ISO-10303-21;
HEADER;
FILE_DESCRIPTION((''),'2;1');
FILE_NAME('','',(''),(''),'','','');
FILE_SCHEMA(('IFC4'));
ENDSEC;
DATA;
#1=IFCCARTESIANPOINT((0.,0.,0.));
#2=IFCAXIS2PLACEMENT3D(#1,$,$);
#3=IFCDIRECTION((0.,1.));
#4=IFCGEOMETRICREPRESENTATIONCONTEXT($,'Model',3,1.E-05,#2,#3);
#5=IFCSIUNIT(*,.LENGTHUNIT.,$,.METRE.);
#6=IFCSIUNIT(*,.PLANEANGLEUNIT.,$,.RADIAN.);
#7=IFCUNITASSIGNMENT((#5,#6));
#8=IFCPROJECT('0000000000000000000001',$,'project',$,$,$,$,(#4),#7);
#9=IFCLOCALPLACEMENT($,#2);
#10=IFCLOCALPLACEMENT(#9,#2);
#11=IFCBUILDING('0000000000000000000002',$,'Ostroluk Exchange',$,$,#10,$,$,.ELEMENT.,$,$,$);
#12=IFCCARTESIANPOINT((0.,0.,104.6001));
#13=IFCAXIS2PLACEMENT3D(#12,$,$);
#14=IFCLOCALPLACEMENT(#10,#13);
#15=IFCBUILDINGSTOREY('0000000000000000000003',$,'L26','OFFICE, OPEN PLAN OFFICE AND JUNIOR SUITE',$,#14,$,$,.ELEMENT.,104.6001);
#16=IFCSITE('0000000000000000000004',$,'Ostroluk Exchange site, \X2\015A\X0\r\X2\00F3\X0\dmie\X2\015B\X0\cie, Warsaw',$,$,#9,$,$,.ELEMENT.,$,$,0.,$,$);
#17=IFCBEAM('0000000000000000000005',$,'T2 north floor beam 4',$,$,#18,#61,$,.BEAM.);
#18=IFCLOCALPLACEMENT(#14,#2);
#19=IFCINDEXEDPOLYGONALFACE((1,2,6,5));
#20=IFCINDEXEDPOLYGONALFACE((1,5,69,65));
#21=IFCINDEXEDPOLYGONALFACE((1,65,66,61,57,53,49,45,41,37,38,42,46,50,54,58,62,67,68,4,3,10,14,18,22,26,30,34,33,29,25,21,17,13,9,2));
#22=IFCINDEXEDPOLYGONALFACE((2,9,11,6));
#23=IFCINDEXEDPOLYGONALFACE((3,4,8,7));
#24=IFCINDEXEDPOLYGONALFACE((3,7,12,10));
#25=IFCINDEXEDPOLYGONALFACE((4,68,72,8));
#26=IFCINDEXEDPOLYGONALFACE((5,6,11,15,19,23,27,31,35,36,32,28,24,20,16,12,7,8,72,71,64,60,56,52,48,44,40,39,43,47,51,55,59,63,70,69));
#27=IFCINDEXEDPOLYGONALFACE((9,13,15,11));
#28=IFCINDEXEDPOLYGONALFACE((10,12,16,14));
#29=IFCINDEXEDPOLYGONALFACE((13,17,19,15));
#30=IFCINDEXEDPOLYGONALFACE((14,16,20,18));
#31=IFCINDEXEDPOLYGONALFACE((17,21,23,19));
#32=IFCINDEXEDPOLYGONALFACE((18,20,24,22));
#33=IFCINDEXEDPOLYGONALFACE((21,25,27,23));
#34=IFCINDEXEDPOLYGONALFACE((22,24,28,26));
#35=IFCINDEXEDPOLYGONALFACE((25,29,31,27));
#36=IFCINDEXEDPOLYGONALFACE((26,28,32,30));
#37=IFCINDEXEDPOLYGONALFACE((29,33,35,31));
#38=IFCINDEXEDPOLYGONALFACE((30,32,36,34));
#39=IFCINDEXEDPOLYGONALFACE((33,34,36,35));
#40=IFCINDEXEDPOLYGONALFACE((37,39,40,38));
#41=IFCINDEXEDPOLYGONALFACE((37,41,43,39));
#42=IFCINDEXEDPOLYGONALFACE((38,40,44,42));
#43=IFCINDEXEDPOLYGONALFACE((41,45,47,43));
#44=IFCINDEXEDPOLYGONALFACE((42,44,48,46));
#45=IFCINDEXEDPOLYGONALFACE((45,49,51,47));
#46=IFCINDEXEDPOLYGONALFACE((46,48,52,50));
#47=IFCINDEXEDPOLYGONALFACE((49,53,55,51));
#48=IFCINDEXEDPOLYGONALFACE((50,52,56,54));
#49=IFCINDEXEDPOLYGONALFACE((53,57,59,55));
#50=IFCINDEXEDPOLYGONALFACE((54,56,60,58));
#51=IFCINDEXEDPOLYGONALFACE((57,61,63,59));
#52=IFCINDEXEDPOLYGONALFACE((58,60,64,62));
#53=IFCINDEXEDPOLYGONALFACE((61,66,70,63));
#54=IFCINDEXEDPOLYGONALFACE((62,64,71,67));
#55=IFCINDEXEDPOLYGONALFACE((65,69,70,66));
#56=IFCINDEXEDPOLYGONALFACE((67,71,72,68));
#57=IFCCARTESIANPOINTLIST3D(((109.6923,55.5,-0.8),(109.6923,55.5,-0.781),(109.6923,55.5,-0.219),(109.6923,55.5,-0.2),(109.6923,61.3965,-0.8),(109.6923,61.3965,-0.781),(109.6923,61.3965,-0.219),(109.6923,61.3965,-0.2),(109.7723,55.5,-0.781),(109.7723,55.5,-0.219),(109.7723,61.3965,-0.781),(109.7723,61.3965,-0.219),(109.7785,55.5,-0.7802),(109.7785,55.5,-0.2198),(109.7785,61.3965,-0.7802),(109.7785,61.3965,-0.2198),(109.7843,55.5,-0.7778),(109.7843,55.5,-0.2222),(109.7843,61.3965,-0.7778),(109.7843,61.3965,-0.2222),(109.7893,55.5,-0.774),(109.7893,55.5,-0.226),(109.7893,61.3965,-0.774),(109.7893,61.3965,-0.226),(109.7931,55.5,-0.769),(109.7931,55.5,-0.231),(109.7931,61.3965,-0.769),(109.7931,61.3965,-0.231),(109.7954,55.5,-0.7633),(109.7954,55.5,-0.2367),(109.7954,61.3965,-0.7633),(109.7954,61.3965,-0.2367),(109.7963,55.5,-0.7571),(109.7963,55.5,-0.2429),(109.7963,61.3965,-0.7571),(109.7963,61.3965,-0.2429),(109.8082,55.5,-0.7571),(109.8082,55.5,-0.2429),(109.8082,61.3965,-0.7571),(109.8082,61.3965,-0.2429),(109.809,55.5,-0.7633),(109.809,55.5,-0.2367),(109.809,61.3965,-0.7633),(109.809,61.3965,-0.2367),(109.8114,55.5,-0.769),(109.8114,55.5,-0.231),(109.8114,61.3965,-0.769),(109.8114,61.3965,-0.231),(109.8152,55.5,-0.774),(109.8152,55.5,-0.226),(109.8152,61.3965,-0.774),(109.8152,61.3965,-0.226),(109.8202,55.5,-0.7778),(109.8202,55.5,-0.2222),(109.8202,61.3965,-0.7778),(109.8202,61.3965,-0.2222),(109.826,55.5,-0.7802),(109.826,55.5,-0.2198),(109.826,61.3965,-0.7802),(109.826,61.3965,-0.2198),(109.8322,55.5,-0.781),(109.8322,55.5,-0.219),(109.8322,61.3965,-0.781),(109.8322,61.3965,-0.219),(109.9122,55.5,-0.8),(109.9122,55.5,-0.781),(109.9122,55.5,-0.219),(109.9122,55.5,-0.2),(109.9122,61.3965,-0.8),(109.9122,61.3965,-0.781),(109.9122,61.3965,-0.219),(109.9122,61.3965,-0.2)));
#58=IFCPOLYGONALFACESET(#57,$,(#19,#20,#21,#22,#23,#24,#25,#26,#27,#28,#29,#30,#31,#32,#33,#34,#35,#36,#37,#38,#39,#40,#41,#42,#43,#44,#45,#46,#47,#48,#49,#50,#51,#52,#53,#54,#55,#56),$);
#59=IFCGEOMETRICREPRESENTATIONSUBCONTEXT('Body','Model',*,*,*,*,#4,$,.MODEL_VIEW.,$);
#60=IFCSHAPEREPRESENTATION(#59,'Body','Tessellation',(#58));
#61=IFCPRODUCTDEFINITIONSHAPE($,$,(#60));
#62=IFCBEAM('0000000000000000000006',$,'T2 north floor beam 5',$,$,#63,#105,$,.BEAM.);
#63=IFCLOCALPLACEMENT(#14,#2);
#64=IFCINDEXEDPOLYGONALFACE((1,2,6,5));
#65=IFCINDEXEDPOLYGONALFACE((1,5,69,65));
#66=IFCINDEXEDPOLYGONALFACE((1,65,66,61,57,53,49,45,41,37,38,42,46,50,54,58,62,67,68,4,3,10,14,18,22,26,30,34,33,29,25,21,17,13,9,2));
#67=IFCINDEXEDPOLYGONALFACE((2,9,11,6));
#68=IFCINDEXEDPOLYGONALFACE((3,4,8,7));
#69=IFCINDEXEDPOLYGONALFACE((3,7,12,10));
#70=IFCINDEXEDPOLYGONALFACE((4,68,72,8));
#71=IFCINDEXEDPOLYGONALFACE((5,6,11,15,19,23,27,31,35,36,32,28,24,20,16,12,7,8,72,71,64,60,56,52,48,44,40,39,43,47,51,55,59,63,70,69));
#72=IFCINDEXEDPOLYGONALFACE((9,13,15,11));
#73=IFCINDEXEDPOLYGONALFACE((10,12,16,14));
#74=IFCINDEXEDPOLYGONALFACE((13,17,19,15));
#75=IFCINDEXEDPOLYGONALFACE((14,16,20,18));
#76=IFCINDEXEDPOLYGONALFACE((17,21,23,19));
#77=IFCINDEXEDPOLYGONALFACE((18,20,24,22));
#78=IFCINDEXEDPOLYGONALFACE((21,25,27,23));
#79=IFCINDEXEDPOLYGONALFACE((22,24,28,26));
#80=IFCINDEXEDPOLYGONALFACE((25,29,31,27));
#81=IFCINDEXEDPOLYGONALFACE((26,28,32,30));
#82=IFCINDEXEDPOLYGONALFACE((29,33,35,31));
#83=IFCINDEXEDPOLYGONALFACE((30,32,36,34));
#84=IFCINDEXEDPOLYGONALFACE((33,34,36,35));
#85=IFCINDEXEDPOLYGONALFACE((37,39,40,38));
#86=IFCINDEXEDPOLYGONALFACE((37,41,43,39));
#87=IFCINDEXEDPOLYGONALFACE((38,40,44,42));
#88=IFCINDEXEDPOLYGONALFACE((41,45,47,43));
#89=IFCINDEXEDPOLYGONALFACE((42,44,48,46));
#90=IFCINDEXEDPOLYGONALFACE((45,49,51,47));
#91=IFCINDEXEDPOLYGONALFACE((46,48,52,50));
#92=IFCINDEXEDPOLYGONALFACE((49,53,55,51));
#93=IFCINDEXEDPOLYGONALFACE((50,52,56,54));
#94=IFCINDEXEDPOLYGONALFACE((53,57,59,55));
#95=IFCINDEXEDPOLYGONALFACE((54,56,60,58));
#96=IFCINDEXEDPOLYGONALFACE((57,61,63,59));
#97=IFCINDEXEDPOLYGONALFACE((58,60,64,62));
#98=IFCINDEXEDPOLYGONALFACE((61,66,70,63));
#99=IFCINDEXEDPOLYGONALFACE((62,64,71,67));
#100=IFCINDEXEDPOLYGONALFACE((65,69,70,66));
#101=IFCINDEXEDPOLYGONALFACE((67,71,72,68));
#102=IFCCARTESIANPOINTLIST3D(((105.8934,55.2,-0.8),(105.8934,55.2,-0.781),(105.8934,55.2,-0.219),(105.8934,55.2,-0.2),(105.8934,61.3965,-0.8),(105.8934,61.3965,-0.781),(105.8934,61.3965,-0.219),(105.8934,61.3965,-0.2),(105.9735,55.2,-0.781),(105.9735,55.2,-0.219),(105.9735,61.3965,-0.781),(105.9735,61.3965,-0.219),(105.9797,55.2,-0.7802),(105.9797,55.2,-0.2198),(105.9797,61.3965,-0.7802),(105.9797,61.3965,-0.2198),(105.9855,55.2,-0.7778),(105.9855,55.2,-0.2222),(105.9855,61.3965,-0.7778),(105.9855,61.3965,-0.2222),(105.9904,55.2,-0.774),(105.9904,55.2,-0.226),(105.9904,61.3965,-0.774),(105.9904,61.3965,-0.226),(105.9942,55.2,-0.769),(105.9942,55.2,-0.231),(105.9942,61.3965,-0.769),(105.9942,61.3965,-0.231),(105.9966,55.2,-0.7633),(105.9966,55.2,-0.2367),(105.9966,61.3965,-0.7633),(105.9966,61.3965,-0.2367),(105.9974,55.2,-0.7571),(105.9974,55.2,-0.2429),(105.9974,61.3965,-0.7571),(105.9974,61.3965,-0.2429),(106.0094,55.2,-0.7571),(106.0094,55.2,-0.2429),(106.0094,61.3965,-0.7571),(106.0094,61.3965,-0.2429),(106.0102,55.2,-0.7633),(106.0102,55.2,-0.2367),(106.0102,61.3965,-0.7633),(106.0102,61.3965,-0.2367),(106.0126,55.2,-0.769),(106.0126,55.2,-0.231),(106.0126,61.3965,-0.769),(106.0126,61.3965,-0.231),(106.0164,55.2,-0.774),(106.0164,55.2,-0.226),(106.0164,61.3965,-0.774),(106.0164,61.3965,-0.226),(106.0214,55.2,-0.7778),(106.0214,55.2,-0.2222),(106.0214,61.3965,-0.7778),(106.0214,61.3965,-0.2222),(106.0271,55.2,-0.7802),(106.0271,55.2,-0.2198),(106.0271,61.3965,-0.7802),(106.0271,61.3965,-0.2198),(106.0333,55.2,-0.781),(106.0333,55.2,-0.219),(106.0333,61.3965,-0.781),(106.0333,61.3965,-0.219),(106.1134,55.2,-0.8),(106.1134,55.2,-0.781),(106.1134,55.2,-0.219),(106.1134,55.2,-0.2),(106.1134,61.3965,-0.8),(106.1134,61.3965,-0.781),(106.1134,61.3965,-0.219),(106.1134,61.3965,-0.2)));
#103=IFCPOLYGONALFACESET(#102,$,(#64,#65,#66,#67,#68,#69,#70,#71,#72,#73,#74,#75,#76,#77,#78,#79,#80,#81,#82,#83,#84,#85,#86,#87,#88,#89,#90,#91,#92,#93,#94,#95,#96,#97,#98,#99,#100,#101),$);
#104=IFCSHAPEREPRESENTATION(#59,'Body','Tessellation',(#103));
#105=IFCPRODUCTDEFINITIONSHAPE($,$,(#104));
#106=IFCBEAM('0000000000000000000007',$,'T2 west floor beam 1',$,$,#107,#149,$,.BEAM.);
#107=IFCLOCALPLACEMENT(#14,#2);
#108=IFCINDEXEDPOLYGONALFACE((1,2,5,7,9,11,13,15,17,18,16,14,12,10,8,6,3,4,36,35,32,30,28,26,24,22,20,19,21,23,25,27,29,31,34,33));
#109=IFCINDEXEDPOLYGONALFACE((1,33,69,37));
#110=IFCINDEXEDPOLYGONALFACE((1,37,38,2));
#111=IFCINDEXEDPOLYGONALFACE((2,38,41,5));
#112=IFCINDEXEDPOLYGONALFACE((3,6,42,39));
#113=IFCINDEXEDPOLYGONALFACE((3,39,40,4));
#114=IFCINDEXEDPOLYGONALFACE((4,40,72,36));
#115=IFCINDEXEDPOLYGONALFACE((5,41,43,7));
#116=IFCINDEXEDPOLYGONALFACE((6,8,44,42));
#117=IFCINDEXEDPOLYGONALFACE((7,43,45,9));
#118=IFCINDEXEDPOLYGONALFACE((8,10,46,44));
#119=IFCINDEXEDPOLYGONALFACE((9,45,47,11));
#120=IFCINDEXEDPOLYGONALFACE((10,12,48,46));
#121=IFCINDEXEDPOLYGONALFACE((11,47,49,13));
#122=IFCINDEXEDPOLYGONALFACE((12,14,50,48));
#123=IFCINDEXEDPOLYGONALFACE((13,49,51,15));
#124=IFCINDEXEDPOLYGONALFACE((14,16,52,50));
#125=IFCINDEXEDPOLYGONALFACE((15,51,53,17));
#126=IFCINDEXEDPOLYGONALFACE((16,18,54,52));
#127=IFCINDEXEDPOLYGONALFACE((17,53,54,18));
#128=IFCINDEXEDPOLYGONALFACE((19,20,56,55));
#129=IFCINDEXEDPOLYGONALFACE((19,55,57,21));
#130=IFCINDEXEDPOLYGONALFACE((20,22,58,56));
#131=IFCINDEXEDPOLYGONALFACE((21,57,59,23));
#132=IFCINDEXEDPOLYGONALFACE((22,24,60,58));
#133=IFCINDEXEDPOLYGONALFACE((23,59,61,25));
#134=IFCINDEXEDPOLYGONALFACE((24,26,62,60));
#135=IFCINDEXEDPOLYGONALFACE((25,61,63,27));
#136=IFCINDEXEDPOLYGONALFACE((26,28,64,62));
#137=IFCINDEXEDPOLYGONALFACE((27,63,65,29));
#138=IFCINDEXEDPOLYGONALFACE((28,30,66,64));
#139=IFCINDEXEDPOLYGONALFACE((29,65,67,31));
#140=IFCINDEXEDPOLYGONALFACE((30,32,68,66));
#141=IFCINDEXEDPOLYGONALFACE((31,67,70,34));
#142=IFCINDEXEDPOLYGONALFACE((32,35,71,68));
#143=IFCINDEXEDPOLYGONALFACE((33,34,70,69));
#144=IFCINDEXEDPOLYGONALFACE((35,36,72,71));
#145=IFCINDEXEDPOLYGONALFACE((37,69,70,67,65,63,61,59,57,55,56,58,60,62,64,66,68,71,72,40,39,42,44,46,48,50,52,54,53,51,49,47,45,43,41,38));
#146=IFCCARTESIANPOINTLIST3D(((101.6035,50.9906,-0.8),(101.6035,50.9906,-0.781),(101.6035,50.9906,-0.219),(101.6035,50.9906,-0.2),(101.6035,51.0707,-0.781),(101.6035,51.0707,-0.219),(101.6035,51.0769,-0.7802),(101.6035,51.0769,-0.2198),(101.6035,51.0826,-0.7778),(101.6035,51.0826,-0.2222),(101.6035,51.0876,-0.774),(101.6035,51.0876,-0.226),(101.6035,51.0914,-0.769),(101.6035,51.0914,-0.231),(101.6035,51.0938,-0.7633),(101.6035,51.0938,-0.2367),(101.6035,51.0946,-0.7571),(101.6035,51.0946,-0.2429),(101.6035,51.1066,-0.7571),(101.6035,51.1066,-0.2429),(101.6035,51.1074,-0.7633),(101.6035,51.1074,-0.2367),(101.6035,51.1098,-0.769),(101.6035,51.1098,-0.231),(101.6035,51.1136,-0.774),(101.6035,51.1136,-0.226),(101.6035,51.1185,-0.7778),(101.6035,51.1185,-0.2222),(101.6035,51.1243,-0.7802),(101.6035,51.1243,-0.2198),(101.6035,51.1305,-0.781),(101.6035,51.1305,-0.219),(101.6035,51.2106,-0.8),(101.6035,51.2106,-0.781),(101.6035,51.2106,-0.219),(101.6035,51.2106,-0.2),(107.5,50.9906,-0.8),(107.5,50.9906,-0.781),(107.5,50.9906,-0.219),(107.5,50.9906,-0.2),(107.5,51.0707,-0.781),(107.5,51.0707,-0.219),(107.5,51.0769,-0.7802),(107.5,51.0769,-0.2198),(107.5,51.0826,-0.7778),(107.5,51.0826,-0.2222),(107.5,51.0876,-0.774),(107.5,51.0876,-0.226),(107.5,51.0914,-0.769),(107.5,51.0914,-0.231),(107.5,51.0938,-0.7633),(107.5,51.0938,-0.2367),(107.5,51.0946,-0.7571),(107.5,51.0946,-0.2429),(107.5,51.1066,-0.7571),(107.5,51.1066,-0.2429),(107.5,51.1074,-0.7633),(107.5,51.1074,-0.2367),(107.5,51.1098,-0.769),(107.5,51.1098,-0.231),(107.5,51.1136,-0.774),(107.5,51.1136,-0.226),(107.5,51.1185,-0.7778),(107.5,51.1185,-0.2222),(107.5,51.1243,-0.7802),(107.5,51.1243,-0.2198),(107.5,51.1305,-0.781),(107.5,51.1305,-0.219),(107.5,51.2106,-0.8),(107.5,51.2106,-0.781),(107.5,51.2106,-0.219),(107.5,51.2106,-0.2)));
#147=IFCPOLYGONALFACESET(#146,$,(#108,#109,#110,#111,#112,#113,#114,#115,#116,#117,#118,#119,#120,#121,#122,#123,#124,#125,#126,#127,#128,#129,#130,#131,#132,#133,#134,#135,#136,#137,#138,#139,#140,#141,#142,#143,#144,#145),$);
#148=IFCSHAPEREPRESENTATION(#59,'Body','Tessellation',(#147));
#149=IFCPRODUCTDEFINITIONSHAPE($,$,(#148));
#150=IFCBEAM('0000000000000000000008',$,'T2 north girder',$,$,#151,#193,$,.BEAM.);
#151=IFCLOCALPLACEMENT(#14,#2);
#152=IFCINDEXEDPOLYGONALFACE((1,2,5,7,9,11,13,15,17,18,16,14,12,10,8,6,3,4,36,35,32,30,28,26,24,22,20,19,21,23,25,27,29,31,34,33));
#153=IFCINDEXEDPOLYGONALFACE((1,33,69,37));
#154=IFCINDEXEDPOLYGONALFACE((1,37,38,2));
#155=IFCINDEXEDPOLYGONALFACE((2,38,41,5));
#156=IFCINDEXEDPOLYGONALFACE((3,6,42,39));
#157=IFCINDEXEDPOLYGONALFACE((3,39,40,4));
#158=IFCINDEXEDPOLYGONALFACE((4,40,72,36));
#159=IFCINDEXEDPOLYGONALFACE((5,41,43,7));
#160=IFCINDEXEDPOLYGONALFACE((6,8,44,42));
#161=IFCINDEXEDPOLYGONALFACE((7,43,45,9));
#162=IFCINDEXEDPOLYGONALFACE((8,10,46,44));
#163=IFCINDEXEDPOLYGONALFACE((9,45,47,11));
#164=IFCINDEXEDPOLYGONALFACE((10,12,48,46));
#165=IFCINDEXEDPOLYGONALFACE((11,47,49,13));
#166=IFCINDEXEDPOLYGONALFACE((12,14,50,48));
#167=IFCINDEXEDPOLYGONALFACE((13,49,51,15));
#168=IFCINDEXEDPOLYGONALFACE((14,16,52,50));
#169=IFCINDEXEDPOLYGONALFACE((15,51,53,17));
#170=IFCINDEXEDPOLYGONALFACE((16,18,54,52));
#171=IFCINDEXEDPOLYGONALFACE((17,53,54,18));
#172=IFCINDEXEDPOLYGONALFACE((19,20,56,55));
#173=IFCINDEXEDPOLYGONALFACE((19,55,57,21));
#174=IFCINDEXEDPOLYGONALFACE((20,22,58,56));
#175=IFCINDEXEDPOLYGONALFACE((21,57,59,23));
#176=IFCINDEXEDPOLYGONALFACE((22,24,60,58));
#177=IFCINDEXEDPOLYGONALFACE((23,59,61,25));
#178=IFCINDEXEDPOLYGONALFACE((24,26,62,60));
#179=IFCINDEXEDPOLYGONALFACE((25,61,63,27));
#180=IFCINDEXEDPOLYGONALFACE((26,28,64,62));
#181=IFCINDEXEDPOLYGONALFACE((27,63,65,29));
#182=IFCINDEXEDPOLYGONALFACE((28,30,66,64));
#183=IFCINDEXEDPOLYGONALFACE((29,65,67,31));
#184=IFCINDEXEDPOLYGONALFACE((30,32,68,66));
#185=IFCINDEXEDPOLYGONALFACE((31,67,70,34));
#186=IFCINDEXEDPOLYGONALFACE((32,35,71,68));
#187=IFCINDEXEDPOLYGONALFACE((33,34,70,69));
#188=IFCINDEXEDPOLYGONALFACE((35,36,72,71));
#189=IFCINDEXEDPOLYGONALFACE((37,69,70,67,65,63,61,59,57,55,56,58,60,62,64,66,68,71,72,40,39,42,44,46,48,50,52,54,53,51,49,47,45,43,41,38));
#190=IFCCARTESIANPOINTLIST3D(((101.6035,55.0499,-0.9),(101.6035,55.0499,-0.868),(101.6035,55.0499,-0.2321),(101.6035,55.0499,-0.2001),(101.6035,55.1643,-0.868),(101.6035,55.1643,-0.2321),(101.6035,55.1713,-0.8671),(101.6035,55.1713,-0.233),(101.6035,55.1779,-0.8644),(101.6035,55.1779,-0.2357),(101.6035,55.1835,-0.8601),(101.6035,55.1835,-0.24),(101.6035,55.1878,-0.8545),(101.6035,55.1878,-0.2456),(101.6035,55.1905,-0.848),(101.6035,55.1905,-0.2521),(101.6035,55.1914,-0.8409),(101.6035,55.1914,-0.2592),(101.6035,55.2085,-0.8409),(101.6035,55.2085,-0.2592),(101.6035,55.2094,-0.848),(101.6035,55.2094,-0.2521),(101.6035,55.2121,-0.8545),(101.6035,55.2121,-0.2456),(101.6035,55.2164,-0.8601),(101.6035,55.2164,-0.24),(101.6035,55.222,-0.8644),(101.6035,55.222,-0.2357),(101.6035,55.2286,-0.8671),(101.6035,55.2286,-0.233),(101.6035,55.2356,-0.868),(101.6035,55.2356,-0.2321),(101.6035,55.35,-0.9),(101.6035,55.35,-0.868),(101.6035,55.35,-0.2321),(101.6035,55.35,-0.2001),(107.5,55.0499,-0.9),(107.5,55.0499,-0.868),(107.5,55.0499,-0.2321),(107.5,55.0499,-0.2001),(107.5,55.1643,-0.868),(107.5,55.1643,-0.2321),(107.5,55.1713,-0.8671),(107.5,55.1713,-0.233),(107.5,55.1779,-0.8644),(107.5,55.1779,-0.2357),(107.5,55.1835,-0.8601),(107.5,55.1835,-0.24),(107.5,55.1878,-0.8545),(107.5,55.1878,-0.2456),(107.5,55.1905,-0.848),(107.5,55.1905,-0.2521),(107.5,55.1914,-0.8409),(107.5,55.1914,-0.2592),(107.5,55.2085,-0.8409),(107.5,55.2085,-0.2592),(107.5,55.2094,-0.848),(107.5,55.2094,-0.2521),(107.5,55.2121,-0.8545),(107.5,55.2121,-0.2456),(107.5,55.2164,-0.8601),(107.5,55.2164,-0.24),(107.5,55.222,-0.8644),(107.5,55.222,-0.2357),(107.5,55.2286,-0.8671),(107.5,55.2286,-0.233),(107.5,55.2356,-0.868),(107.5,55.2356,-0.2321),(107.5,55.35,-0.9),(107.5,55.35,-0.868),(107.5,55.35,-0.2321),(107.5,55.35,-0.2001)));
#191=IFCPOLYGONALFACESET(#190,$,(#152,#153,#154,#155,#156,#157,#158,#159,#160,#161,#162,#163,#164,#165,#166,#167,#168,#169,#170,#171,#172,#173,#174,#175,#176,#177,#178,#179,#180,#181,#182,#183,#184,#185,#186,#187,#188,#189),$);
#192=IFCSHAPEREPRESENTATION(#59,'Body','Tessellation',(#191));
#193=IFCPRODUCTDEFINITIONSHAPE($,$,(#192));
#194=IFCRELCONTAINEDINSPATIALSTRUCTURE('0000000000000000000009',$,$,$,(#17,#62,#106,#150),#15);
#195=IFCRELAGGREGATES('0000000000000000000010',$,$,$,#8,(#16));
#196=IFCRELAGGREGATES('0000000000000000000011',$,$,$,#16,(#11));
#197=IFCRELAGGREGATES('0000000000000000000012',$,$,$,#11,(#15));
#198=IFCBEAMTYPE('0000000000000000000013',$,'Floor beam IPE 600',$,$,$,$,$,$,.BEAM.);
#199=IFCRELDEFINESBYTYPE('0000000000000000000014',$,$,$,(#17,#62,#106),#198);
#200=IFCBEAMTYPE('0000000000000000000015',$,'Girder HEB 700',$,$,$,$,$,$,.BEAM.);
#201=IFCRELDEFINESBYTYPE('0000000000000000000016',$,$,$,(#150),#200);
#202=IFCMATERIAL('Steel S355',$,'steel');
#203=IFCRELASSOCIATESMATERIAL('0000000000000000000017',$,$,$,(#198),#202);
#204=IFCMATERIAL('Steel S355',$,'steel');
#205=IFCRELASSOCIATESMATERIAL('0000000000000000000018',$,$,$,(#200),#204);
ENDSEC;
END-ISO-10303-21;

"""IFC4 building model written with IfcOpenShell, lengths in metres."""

from ifc_helpers import new_model, si_unit, direction, frame, origin, origin_2d, place, context, subcontext, project, spatial, i_section, extrude, material, material_profile, profile_set, type_object, element, save


model = new_model("IFC4")

# Units and contexts
model_context = context("Model", 3, precision=1e-05, world=origin(), true_north=direction((0.0, 1.0)))
body_context = subcontext(model_context, "Body", "Model", "MODEL_VIEW")
ifc_project = project(units=[si_unit("LENGTHUNIT", "METRE"), si_unit("PLANEANGLEUNIT", "RADIAN")], contexts=[model_context])

# Site, building, storey
site_placement = place(None, origin())
site = spatial("IfcSite", under=ifc_project, at=site_placement, Name="Ostroluk Exchange site, Śródmieście, Warsaw", CompositionType="ELEMENT", RefElevation=0.0)
building_placement = place(site_placement, origin())
building = spatial("IfcBuilding", under=site, at=building_placement, Name="Ostroluk Exchange", CompositionType="ELEMENT")
storey_placement = place(building_placement, frame((0.0, 0.0, 104.6001)))
storey = spatial("IfcBuildingStorey", under=building, at=storey_placement, Name="L26", Description="OFFICE, OPEN PLAN OFFICE AND JUNIOR SUITE", CompositionType="ELEMENT", Elevation=104.6001)

# Beams
ifc_material_1 = material(Name="Steel S355", Category="steel")
ifc_material_profile_1 = material_profile(ifc_material_1, i_section(OverallWidth=0.22, OverallDepth=0.6001, WebThickness=0.012, FlangeThickness=0.019, FilletRadius=0.0239, at=origin_2d()), Name="IPE 600")
ifc_profile_set_1 = profile_set([ifc_material_profile_1], Name="Steel S355")
beam_type_1 = type_object("IfcBeamType", Name="Floor beam IPE 600", PredefinedType="BEAM", material=ifc_profile_set_1)
beam_1_placement = place(storey_placement, frame((109.8022, 55.5, -0.5), z_axis=(0.0, 1.0, 0.0), x_axis=(-1.0, 0.0, 0.0)))
element("IfcBeam", 1, at=beam_1_placement, inside=storey, type_object=beam_type_1, Name="T2 north floor beam 4", PredefinedType="BEAM", context=body_context, shape_type="SweptSolid", body=[
    extrude(i_section(OverallWidth=0.22, OverallDepth=0.6001, WebThickness=0.012, FlangeThickness=0.019, FilletRadius=0.0239, at=origin_2d()), origin(), (0.0, 0.0, 1.0), 5.8965),
])
beam_2_placement = place(storey_placement, frame((106.0034, 55.2, -0.5), z_axis=(0.0, 1.0, 0.0), x_axis=(-1.0, 0.0, 0.0)))
element("IfcBeam", 2, at=beam_2_placement, inside=storey, type_object=beam_type_1, Name="T2 north floor beam 5", PredefinedType="BEAM", context=body_context, shape_type="SweptSolid", body=[
    extrude(i_section(OverallWidth=0.22, OverallDepth=0.6001, WebThickness=0.012, FlangeThickness=0.019, FilletRadius=0.0239, at=origin_2d()), origin(), (0.0, 0.0, 1.0), 6.1965),
])
beam_3_placement = place(storey_placement, frame((107.5, 51.1006, -0.5), z_axis=(-1.0, 0.0, 0.0), x_axis=(0.0, -1.0, 0.0)))
element("IfcBeam", 3, at=beam_3_placement, inside=storey, type_object=beam_type_1, Name="T2 west floor beam 1", PredefinedType="BEAM", context=body_context, shape_type="SweptSolid", body=[
    extrude(i_section(OverallWidth=0.22, OverallDepth=0.6001, WebThickness=0.012, FlangeThickness=0.019, FilletRadius=0.0239, at=origin_2d()), origin(), (0.0, 0.0, 1.0), 5.8965),
])
ifc_material_2 = material(Name="Steel S355", Category="steel")
ifc_material_profile_2 = material_profile(ifc_material_2, i_section(OverallWidth=0.3, OverallDepth=0.7, WebThickness=0.0171, FlangeThickness=0.032, FilletRadius=0.0271, at=origin_2d()), Name="HEB 700")
ifc_profile_set_2 = profile_set([ifc_material_profile_2], Name="Steel S355")
beam_type_2 = type_object("IfcBeamType", Name="Girder HEB 700", PredefinedType="BEAM", material=ifc_profile_set_2)
beam_4_placement = place(storey_placement, frame((107.5, 55.2, -0.55), z_axis=(-1.0, 0.0, 0.0), x_axis=(0.0, -1.0, 0.0)))
element("IfcBeam", 4, at=beam_4_placement, inside=storey, type_object=beam_type_2, Name="T2 north girder", PredefinedType="BEAM", context=body_context, shape_type="SweptSolid", body=[
    extrude(i_section(OverallWidth=0.3, OverallDepth=0.7, WebThickness=0.0171, FlangeThickness=0.032, FilletRadius=0.0271, at=origin_2d()), origin(), (0.0, 0.0, 1.0), 5.8965),
])

save(model, "model.ifc")
